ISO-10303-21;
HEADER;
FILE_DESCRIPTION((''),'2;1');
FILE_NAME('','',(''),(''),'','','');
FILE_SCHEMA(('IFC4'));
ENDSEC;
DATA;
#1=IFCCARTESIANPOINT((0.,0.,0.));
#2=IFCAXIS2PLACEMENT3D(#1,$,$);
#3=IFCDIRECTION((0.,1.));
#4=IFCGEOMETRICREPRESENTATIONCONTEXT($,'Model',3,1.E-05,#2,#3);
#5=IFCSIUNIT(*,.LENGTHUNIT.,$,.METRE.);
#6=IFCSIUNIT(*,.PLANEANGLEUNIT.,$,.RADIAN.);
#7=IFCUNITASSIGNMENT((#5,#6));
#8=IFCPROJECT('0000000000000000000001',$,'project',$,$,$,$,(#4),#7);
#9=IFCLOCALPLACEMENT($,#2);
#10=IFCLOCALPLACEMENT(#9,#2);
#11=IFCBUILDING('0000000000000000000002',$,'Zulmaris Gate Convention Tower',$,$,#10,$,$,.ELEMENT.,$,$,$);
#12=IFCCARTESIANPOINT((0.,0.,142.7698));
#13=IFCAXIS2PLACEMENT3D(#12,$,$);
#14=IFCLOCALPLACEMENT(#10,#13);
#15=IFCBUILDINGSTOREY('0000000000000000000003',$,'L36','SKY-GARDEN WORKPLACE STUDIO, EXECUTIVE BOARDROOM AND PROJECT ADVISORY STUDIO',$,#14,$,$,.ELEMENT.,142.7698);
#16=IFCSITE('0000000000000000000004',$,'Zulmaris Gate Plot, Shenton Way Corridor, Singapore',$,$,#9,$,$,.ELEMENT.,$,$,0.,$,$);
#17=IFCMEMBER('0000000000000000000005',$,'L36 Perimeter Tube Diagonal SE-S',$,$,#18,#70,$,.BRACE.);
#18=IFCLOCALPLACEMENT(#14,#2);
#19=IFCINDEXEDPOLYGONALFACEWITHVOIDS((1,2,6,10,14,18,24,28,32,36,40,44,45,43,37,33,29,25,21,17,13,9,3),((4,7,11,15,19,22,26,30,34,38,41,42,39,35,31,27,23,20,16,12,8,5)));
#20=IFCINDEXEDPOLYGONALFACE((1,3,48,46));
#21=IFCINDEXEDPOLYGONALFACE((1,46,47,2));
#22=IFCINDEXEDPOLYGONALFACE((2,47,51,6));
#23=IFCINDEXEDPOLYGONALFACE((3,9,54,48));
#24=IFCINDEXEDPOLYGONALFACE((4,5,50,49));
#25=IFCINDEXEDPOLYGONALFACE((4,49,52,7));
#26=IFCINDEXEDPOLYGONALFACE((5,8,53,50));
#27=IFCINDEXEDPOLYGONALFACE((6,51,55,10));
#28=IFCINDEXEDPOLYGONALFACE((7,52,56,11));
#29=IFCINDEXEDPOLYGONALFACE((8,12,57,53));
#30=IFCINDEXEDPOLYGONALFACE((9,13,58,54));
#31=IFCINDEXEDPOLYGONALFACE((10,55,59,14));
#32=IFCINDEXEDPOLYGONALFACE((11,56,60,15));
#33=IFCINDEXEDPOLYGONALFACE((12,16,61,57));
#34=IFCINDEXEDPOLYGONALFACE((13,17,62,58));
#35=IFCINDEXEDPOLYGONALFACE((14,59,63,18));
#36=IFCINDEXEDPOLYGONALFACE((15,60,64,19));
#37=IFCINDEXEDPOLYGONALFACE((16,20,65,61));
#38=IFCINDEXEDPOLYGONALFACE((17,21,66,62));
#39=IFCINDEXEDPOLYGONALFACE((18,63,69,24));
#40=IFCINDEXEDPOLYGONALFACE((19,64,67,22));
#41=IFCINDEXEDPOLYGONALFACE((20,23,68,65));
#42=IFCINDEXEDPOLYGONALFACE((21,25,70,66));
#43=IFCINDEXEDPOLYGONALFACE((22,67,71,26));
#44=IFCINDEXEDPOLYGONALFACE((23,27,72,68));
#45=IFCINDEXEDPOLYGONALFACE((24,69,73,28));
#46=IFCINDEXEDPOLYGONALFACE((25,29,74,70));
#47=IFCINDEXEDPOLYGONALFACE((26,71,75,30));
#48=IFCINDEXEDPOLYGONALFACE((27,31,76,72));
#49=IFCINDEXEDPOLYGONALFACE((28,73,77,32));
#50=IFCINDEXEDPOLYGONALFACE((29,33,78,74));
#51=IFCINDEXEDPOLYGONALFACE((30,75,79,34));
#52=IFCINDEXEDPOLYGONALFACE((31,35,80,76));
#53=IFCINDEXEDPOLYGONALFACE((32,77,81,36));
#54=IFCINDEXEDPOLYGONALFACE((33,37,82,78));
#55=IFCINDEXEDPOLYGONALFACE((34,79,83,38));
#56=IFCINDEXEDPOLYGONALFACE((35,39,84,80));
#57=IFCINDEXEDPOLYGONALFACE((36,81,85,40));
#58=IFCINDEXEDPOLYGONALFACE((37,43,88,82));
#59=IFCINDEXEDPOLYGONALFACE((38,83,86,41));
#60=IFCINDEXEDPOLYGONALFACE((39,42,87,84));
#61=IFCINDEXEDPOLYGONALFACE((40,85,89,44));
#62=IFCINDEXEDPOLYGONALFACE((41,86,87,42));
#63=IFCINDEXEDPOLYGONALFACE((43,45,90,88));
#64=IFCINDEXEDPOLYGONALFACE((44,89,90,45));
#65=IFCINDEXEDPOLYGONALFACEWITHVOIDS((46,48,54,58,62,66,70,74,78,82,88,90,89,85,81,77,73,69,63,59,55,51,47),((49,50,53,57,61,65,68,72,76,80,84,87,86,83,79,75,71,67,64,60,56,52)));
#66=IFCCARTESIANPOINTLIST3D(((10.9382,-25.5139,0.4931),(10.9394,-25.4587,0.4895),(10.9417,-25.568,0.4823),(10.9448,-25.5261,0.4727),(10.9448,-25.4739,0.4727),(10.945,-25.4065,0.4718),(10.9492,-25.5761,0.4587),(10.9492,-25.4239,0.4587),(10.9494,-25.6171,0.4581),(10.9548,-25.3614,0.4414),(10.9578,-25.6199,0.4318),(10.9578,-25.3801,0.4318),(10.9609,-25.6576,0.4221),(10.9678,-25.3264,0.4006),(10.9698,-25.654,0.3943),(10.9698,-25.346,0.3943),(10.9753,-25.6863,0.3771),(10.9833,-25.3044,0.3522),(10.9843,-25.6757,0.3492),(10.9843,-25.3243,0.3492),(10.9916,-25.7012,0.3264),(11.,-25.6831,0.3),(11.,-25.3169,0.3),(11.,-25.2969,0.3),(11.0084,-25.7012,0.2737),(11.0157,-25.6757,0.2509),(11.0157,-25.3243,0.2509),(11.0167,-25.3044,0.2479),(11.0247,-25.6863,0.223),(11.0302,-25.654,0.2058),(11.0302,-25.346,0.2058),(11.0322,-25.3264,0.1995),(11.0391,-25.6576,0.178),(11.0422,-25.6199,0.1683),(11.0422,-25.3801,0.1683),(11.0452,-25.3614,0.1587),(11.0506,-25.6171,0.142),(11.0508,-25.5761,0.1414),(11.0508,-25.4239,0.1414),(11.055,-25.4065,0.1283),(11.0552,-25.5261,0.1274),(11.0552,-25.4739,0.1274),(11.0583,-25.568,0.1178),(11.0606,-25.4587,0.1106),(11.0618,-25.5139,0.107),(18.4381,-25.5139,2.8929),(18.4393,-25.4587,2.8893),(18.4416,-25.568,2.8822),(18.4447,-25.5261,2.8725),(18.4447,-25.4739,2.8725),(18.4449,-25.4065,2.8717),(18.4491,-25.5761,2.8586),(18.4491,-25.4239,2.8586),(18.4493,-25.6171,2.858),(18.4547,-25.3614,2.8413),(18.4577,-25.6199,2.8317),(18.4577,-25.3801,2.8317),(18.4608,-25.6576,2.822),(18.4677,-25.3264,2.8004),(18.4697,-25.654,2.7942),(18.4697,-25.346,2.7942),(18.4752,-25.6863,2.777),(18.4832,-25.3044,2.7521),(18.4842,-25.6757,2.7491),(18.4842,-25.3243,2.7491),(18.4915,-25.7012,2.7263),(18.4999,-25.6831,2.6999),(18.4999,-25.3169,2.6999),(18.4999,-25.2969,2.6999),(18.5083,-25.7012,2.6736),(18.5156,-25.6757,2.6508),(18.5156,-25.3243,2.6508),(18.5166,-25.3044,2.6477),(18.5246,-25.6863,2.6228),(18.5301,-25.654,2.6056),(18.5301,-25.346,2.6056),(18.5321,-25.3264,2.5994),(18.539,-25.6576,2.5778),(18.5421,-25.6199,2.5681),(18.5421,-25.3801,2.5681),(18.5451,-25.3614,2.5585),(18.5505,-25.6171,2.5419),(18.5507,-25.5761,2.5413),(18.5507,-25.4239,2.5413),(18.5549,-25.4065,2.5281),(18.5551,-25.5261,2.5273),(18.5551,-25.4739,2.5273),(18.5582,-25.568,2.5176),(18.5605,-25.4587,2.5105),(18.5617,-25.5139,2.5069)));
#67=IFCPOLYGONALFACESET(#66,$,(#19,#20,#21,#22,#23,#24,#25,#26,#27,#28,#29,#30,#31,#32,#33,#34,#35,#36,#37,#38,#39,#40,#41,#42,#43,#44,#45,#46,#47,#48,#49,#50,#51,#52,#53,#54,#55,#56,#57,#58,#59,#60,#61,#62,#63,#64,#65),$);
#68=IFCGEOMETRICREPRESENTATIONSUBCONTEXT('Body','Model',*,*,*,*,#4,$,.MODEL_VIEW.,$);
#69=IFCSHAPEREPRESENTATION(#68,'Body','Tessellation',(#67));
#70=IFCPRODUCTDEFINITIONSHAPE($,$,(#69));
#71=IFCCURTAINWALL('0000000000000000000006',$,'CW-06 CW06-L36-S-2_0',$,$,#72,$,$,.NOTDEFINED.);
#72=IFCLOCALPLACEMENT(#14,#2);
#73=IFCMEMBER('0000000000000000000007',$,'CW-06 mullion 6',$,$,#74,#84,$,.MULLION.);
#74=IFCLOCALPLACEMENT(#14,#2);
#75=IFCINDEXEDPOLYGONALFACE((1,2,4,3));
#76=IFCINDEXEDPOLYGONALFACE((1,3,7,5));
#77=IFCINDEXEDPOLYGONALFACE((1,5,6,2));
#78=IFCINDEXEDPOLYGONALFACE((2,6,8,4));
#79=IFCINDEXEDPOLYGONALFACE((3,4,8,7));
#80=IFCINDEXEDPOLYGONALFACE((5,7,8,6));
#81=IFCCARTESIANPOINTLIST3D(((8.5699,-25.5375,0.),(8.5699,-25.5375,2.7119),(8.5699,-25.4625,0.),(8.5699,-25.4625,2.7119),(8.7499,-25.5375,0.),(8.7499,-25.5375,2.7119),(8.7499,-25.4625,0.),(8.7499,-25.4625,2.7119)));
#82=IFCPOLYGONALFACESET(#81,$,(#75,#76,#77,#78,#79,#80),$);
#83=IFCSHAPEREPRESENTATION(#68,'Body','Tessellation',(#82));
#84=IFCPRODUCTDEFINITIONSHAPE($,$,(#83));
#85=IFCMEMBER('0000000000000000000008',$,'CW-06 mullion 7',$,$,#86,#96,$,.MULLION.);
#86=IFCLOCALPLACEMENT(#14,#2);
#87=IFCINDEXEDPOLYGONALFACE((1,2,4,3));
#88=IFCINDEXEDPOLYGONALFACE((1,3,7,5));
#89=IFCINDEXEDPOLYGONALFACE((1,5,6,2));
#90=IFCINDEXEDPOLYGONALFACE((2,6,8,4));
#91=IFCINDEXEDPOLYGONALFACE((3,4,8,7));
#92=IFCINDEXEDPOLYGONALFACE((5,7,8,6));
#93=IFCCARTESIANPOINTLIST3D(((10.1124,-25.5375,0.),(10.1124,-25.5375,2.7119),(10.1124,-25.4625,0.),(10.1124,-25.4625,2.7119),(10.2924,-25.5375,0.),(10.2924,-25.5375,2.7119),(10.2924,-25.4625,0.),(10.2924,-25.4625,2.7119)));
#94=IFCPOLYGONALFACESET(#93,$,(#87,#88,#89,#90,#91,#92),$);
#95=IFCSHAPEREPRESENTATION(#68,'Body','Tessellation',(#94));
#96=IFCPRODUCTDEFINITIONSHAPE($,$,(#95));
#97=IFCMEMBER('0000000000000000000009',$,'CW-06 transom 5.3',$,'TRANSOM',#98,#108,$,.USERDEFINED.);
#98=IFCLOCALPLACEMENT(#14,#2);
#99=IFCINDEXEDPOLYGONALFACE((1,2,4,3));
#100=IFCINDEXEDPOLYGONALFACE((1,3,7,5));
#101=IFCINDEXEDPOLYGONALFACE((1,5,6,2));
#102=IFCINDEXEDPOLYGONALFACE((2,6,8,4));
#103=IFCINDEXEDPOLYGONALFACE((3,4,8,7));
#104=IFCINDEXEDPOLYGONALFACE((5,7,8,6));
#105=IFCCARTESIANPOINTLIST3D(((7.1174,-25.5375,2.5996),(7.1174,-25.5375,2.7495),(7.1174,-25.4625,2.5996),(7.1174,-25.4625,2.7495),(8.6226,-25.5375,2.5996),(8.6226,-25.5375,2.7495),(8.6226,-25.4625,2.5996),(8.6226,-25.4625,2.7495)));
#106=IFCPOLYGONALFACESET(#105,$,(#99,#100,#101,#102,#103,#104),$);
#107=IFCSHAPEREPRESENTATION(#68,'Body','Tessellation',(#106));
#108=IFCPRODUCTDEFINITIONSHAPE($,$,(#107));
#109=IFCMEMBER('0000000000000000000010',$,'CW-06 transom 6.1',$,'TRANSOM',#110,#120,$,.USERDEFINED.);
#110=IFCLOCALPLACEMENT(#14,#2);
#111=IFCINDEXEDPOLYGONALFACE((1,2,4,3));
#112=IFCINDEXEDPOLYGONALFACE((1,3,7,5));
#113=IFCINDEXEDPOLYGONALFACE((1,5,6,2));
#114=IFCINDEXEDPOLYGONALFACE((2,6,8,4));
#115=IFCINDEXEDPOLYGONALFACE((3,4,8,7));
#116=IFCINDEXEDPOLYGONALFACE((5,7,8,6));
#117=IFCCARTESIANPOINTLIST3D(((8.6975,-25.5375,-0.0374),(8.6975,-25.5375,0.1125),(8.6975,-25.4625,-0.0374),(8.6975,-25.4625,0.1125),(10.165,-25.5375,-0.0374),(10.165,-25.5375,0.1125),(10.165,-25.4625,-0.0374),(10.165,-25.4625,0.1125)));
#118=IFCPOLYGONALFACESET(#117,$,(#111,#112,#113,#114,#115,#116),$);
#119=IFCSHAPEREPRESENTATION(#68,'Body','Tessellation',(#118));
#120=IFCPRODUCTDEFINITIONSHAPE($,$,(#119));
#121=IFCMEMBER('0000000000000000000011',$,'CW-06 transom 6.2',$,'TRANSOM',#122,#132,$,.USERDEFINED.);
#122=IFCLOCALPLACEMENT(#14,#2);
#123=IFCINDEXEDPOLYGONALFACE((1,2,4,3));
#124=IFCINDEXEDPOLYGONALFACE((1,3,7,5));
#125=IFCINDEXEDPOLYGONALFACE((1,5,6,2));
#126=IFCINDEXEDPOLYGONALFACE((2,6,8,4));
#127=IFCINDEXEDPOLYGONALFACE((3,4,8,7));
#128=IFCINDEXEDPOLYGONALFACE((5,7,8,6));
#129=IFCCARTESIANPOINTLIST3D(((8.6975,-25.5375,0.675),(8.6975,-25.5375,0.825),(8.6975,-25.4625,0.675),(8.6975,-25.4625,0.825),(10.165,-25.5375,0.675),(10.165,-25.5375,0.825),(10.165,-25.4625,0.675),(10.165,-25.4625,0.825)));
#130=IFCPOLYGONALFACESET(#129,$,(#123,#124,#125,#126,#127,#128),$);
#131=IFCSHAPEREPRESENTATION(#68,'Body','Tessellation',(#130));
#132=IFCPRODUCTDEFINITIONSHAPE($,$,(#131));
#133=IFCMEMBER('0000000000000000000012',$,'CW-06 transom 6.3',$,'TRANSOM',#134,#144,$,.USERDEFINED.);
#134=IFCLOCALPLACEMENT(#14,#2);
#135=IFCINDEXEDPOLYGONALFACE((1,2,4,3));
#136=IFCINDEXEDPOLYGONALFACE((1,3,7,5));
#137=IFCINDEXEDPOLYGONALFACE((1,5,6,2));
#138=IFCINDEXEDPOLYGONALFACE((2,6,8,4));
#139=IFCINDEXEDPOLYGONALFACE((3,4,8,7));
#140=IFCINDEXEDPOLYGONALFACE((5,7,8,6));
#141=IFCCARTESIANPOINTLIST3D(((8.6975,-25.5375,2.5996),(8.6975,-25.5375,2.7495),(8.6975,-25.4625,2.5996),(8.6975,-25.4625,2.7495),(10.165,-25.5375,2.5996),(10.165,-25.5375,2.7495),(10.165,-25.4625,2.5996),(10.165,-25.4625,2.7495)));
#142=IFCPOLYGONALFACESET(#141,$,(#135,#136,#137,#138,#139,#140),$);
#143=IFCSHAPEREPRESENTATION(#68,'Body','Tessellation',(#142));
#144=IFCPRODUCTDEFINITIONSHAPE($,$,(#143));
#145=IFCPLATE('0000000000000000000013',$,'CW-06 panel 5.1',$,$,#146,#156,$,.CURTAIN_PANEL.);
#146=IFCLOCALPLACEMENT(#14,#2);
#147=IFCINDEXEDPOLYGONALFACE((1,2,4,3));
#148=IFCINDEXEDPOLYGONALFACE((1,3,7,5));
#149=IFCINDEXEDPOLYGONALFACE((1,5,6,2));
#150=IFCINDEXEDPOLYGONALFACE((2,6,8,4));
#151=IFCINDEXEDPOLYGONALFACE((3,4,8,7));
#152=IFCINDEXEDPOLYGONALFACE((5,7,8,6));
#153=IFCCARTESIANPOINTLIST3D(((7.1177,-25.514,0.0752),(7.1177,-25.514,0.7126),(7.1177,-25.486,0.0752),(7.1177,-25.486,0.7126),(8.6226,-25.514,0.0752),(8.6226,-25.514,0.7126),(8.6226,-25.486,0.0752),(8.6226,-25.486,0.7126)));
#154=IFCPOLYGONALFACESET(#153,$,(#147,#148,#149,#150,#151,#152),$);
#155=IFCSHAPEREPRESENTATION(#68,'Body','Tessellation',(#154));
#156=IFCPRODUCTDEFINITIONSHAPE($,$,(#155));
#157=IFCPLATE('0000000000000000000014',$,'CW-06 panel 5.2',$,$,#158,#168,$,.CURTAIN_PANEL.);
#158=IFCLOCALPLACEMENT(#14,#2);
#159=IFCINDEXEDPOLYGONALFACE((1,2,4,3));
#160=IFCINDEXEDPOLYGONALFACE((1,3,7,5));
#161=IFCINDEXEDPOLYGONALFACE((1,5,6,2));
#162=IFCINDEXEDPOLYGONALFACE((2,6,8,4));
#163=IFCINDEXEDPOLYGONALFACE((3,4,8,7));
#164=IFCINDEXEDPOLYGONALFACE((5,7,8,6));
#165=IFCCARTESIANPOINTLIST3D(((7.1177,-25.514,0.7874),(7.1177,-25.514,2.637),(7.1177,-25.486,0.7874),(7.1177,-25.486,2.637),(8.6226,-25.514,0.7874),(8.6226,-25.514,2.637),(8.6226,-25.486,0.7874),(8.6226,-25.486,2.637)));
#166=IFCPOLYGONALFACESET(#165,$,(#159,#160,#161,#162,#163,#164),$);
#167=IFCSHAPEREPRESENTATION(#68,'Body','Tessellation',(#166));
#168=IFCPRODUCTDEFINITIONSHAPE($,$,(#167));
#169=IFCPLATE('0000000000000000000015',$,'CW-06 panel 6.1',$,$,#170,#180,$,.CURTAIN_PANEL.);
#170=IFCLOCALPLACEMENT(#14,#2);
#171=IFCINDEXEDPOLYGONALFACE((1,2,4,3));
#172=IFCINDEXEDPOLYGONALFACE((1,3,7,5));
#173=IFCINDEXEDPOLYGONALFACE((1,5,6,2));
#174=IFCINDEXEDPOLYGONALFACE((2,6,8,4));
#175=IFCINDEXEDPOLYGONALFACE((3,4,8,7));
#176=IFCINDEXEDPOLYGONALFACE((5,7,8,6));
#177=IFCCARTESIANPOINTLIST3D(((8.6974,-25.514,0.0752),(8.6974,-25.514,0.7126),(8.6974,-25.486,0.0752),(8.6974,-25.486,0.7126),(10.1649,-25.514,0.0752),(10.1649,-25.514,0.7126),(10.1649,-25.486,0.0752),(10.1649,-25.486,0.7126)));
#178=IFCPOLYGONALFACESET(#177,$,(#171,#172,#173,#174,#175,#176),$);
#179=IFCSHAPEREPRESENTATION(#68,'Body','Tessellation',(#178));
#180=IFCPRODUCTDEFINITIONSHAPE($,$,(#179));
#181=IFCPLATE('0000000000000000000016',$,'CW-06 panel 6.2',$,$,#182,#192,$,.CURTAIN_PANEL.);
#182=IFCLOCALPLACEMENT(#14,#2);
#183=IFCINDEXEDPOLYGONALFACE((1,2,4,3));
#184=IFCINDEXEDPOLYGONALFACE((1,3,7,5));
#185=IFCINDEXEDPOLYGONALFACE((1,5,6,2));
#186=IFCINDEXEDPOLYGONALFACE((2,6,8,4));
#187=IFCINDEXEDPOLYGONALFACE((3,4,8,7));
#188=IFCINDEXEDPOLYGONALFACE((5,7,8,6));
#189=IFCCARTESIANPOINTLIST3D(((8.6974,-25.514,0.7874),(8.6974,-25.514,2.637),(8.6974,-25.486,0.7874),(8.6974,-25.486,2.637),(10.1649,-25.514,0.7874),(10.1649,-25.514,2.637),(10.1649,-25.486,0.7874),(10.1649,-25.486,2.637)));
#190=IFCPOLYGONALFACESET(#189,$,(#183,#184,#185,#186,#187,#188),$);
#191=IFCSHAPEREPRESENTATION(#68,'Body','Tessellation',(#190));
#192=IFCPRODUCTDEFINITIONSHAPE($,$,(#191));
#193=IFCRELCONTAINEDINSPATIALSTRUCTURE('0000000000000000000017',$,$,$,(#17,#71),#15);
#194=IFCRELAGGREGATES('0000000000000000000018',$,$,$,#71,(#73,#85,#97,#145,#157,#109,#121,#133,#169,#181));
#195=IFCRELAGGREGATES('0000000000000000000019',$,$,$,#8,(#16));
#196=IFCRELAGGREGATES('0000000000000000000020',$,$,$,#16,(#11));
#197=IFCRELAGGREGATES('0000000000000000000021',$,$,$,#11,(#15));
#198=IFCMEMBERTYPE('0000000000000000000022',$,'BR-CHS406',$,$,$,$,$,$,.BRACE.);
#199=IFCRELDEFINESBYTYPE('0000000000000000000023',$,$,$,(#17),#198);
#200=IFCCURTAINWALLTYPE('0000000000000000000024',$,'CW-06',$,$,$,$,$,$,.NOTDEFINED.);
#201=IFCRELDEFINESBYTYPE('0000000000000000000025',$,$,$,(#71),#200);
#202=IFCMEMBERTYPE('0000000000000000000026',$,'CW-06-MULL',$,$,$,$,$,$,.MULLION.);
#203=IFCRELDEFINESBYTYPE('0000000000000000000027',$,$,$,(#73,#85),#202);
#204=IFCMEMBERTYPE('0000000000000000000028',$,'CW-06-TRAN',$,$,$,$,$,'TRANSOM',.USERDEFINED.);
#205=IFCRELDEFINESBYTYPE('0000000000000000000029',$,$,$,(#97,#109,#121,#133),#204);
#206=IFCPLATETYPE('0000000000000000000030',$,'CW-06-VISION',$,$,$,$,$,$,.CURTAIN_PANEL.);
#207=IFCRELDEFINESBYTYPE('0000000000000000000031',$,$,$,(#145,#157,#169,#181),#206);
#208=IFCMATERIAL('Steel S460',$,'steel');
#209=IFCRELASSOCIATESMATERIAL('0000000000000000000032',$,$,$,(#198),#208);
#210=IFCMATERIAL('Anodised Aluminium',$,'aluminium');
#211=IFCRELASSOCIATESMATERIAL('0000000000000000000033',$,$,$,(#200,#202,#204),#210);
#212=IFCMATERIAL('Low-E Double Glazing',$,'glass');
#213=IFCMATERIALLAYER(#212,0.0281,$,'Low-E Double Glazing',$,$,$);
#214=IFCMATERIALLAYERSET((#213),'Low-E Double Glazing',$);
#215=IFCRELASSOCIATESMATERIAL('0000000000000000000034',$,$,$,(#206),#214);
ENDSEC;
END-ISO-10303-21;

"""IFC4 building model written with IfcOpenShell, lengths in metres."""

from ifc_helpers import new_model, si_unit, direction, frame, origin, origin_2d, place, context, subcontext, project, spatial, rectangle, hollow_circle, extrude, material, layer, layer_set, material_profile, profile_set, type_object, element, aggregate, save


model = new_model("IFC4")

# Units and contexts
model_context = context("Model", 3, precision=1e-05, world=origin(), true_north=direction((0.0, 1.0)))
body_context = subcontext(model_context, "Body", "Model", "MODEL_VIEW")
ifc_project = project(units=[si_unit("LENGTHUNIT", "METRE"), si_unit("PLANEANGLEUNIT", "RADIAN")], contexts=[model_context])

# Site, building, storey
site_placement = place(None, origin())
site = spatial("IfcSite", under=ifc_project, at=site_placement, Name="Zulmaris Gate Plot, Shenton Way Corridor, Singapore", CompositionType="ELEMENT", RefElevation=0.0)
building_placement = place(site_placement, origin())
building = spatial("IfcBuilding", under=site, at=building_placement, Name="Zulmaris Gate Convention Tower", CompositionType="ELEMENT")
storey_placement = place(building_placement, frame((0.0, 0.0, 142.7698)))
storey = spatial("IfcBuildingStorey", under=building, at=storey_placement, Name="L36", Description="SKY-GARDEN WORKPLACE STUDIO, EXECUTIVE BOARDROOM AND PROJECT ADVISORY STUDIO", CompositionType="ELEMENT", Elevation=142.7698)

# Member
ifc_material_1 = material(Name="Steel S460", Category="steel")
ifc_material_profile_1 = material_profile(ifc_material_1, hollow_circle(Radius=0.2031, WallThickness=0.02, at=origin_2d()), Name="CHS 406.4x20")
ifc_profile_set_1 = profile_set([ifc_material_profile_1], Name="Steel S460")
member_type_1 = type_object("IfcMemberType", Name="BR-CHS406", PredefinedType="BRACE", material=ifc_profile_set_1)
member_1_placement = place(storey_placement, frame((11.0, -25.5, 0.3), z_axis=(0.952428, 0.0, 0.304764), x_axis=(0.0, 1.0, 0.0)))
element("IfcMember", 1, at=member_1_placement, inside=storey, type_object=member_type_1, Name="L36 Perimeter Tube Diagonal SE-S", PredefinedType="BRACE", context=body_context, shape_type="SweptSolid", body=[
    extrude(hollow_circle(Radius=0.2031, WallThickness=0.02, at=origin_2d()), origin(), (0.0, 0.0, 1.0), 7.8745),
])

# Curtain wall, members, plates
ifc_material_2 = material(Name="Anodised Aluminium", Category="aluminium")
curtain_wall_type = type_object("IfcCurtainWallType", Name="CW-06", PredefinedType="NOTDEFINED", material=ifc_material_2)
curtain_wall_placement = place(storey_placement, origin())
curtain_wall = element("IfcCurtainWall", 2, at=curtain_wall_placement, inside=storey, type_object=curtain_wall_type, Name="CW-06 CW06-L36-S-2_0", PredefinedType="NOTDEFINED")
ifc_material_profile_2 = material_profile(ifc_material_2, rectangle(XDim=0.075, YDim=0.1799, at=origin_2d()), Name="ALU MULLION 75x180")
ifc_profile_set_2 = profile_set([ifc_material_profile_2], Name="Anodised Aluminium")
member_type_2 = type_object("IfcMemberType", Name="CW-06-MULL", PredefinedType="MULLION", material=ifc_profile_set_2)
member_2_placement = place(storey_placement, frame((8.6599, -25.5, 0.0), z_axis=(0.0, 0.0, 1.0), x_axis=(0.0, 1.0, 0.0)))
member_2 = element("IfcMember", 3, at=member_2_placement, type_object=member_type_2, Name="CW-06 mullion 6", PredefinedType="MULLION", context=body_context, shape_type="SweptSolid", body=[
    extrude(rectangle(XDim=0.075, YDim=0.1799, at=origin_2d()), origin(), (0.0, 0.0, 1.0), 2.7119),
])
member_3_placement = place(storey_placement, frame((10.2024, -25.5, 0.0), z_axis=(0.0, 0.0, 1.0), x_axis=(0.0, 1.0, 0.0)))
member_3 = element("IfcMember", 4, at=member_3_placement, type_object=member_type_2, Name="CW-06 mullion 7", PredefinedType="MULLION", context=body_context, shape_type="SweptSolid", body=[
    extrude(rectangle(XDim=0.075, YDim=0.1799, at=origin_2d()), origin(), (0.0, 0.0, 1.0), 2.7119),
])
ifc_material_profile_3 = material_profile(ifc_material_2, rectangle(XDim=0.075, YDim=0.1499, at=origin_2d()), Name="ALU TRANSOM 75x150")
ifc_profile_set_3 = profile_set([ifc_material_profile_3], Name="Anodised Aluminium")
member_type_3 = type_object("IfcMemberType", Name="CW-06-TRAN", ElementType="TRANSOM", PredefinedType="USERDEFINED", material=ifc_profile_set_3)
member_4_placement = place(storey_placement, frame((7.1174, -25.5, 2.6746), z_axis=(1.0, 0.0, 0.0), x_axis=(0.0, 1.0, 0.0)))
member_4 = element("IfcMember", 5, at=member_4_placement, type_object=member_type_3, Name="CW-06 transom 5.3", ObjectType="TRANSOM", PredefinedType="USERDEFINED", context=body_context, shape_type="SweptSolid", body=[
    extrude(rectangle(XDim=0.075, YDim=0.1499, at=origin_2d()), origin(), (0.0, 0.0, 1.0), 1.5051),
])
member_5_placement = place(storey_placement, frame((8.6975, -25.5, 0.0376), z_axis=(1.0, 0.0, 0.0), x_axis=(0.0, 1.0, 0.0)))
member_5 = element("IfcMember", 6, at=member_5_placement, type_object=member_type_3, Name="CW-06 transom 6.1", ObjectType="TRANSOM", PredefinedType="USERDEFINED", context=body_context, shape_type="SweptSolid", body=[
    extrude(rectangle(XDim=0.075, YDim=0.1499, at=origin_2d()), origin(), (0.0, 0.0, 1.0), 1.4675),
])
member_6_placement = place(storey_placement, frame((8.6975, -25.5, 0.75), z_axis=(1.0, 0.0, 0.0), x_axis=(0.0, 1.0, 0.0)))
member_6 = element("IfcMember", 7, at=member_6_placement, type_object=member_type_3, Name="CW-06 transom 6.2", ObjectType="TRANSOM", PredefinedType="USERDEFINED", context=body_context, shape_type="SweptSolid", body=[
    extrude(rectangle(XDim=0.075, YDim=0.1499, at=origin_2d()), origin(), (0.0, 0.0, 1.0), 1.4675),
])
member_7_placement = place(storey_placement, frame((8.6975, -25.5, 2.6746), z_axis=(1.0, 0.0, 0.0), x_axis=(0.0, 1.0, 0.0)))
member_7 = element("IfcMember", 8, at=member_7_placement, type_object=member_type_3, Name="CW-06 transom 6.3", ObjectType="TRANSOM", PredefinedType="USERDEFINED", context=body_context, shape_type="SweptSolid", body=[
    extrude(rectangle(XDim=0.075, YDim=0.1499, at=origin_2d()), origin(), (0.0, 0.0, 1.0), 1.4675),
])
ifc_material_3 = material(Name="Low-E Double Glazing", Category="glass")
ifc_layer_1 = layer(ifc_material_3, 0.0281, Name="Low-E Double Glazing")
ifc_layer_set_1 = layer_set([ifc_layer_1], Name="Low-E Double Glazing")
plate_type_1 = type_object("IfcPlateType", Name="CW-06-VISION", PredefinedType="CURTAIN_PANEL", material=ifc_layer_set_1)
plate_1_placement = place(storey_placement, frame((7.8701, -25.5, 0.0752), z_axis=(0.0, 0.0, 1.0), x_axis=(1.0, 0.0, 0.0)))
plate_1 = element("IfcPlate", 9, at=plate_1_placement, type_object=plate_type_1, Name="CW-06 panel 5.1", PredefinedType="CURTAIN_PANEL", context=body_context, shape_type="SweptSolid", body=[
    extrude(rectangle(XDim=1.5049, YDim=0.0281, at=origin_2d()), origin(), (0.0, 0.0, 1.0), 0.6375),
])
plate_2_placement = place(storey_placement, frame((7.8701, -25.5, 0.7874), z_axis=(0.0, 0.0, 1.0), x_axis=(1.0, 0.0, 0.0)))
plate_2 = element("IfcPlate", 10, at=plate_2_placement, type_object=plate_type_1, Name="CW-06 panel 5.2", PredefinedType="CURTAIN_PANEL", context=body_context, shape_type="SweptSolid", body=[
    extrude(rectangle(XDim=1.5049, YDim=0.0281, at=origin_2d()), origin(), (0.0, 0.0, 1.0), 1.8496),
])
plate_3_placement = place(storey_placement, frame((9.4312, -25.5, 0.0752), z_axis=(0.0, 0.0, 1.0), x_axis=(1.0, 0.0, 0.0)))
plate_3 = element("IfcPlate", 11, at=plate_3_placement, type_object=plate_type_1, Name="CW-06 panel 6.1", PredefinedType="CURTAIN_PANEL", context=body_context, shape_type="SweptSolid", body=[
    extrude(rectangle(XDim=1.4675, YDim=0.0281, at=origin_2d()), origin(), (0.0, 0.0, 1.0), 0.6375),
])
plate_4_placement = place(storey_placement, frame((9.4312, -25.5, 0.7874), z_axis=(0.0, 0.0, 1.0), x_axis=(1.0, 0.0, 0.0)))
plate_4 = element("IfcPlate", 12, at=plate_4_placement, type_object=plate_type_1, Name="CW-06 panel 6.2", PredefinedType="CURTAIN_PANEL", context=body_context, shape_type="SweptSolid", body=[
    extrude(rectangle(XDim=1.4675, YDim=0.0281, at=origin_2d()), origin(), (0.0, 0.0, 1.0), 1.8496),
])
aggregate(curtain_wall, [member_2, member_3, member_4, plate_1, plate_2, member_5, member_6, member_7, plate_3, plate_4])

save(model, "model.ifc")
